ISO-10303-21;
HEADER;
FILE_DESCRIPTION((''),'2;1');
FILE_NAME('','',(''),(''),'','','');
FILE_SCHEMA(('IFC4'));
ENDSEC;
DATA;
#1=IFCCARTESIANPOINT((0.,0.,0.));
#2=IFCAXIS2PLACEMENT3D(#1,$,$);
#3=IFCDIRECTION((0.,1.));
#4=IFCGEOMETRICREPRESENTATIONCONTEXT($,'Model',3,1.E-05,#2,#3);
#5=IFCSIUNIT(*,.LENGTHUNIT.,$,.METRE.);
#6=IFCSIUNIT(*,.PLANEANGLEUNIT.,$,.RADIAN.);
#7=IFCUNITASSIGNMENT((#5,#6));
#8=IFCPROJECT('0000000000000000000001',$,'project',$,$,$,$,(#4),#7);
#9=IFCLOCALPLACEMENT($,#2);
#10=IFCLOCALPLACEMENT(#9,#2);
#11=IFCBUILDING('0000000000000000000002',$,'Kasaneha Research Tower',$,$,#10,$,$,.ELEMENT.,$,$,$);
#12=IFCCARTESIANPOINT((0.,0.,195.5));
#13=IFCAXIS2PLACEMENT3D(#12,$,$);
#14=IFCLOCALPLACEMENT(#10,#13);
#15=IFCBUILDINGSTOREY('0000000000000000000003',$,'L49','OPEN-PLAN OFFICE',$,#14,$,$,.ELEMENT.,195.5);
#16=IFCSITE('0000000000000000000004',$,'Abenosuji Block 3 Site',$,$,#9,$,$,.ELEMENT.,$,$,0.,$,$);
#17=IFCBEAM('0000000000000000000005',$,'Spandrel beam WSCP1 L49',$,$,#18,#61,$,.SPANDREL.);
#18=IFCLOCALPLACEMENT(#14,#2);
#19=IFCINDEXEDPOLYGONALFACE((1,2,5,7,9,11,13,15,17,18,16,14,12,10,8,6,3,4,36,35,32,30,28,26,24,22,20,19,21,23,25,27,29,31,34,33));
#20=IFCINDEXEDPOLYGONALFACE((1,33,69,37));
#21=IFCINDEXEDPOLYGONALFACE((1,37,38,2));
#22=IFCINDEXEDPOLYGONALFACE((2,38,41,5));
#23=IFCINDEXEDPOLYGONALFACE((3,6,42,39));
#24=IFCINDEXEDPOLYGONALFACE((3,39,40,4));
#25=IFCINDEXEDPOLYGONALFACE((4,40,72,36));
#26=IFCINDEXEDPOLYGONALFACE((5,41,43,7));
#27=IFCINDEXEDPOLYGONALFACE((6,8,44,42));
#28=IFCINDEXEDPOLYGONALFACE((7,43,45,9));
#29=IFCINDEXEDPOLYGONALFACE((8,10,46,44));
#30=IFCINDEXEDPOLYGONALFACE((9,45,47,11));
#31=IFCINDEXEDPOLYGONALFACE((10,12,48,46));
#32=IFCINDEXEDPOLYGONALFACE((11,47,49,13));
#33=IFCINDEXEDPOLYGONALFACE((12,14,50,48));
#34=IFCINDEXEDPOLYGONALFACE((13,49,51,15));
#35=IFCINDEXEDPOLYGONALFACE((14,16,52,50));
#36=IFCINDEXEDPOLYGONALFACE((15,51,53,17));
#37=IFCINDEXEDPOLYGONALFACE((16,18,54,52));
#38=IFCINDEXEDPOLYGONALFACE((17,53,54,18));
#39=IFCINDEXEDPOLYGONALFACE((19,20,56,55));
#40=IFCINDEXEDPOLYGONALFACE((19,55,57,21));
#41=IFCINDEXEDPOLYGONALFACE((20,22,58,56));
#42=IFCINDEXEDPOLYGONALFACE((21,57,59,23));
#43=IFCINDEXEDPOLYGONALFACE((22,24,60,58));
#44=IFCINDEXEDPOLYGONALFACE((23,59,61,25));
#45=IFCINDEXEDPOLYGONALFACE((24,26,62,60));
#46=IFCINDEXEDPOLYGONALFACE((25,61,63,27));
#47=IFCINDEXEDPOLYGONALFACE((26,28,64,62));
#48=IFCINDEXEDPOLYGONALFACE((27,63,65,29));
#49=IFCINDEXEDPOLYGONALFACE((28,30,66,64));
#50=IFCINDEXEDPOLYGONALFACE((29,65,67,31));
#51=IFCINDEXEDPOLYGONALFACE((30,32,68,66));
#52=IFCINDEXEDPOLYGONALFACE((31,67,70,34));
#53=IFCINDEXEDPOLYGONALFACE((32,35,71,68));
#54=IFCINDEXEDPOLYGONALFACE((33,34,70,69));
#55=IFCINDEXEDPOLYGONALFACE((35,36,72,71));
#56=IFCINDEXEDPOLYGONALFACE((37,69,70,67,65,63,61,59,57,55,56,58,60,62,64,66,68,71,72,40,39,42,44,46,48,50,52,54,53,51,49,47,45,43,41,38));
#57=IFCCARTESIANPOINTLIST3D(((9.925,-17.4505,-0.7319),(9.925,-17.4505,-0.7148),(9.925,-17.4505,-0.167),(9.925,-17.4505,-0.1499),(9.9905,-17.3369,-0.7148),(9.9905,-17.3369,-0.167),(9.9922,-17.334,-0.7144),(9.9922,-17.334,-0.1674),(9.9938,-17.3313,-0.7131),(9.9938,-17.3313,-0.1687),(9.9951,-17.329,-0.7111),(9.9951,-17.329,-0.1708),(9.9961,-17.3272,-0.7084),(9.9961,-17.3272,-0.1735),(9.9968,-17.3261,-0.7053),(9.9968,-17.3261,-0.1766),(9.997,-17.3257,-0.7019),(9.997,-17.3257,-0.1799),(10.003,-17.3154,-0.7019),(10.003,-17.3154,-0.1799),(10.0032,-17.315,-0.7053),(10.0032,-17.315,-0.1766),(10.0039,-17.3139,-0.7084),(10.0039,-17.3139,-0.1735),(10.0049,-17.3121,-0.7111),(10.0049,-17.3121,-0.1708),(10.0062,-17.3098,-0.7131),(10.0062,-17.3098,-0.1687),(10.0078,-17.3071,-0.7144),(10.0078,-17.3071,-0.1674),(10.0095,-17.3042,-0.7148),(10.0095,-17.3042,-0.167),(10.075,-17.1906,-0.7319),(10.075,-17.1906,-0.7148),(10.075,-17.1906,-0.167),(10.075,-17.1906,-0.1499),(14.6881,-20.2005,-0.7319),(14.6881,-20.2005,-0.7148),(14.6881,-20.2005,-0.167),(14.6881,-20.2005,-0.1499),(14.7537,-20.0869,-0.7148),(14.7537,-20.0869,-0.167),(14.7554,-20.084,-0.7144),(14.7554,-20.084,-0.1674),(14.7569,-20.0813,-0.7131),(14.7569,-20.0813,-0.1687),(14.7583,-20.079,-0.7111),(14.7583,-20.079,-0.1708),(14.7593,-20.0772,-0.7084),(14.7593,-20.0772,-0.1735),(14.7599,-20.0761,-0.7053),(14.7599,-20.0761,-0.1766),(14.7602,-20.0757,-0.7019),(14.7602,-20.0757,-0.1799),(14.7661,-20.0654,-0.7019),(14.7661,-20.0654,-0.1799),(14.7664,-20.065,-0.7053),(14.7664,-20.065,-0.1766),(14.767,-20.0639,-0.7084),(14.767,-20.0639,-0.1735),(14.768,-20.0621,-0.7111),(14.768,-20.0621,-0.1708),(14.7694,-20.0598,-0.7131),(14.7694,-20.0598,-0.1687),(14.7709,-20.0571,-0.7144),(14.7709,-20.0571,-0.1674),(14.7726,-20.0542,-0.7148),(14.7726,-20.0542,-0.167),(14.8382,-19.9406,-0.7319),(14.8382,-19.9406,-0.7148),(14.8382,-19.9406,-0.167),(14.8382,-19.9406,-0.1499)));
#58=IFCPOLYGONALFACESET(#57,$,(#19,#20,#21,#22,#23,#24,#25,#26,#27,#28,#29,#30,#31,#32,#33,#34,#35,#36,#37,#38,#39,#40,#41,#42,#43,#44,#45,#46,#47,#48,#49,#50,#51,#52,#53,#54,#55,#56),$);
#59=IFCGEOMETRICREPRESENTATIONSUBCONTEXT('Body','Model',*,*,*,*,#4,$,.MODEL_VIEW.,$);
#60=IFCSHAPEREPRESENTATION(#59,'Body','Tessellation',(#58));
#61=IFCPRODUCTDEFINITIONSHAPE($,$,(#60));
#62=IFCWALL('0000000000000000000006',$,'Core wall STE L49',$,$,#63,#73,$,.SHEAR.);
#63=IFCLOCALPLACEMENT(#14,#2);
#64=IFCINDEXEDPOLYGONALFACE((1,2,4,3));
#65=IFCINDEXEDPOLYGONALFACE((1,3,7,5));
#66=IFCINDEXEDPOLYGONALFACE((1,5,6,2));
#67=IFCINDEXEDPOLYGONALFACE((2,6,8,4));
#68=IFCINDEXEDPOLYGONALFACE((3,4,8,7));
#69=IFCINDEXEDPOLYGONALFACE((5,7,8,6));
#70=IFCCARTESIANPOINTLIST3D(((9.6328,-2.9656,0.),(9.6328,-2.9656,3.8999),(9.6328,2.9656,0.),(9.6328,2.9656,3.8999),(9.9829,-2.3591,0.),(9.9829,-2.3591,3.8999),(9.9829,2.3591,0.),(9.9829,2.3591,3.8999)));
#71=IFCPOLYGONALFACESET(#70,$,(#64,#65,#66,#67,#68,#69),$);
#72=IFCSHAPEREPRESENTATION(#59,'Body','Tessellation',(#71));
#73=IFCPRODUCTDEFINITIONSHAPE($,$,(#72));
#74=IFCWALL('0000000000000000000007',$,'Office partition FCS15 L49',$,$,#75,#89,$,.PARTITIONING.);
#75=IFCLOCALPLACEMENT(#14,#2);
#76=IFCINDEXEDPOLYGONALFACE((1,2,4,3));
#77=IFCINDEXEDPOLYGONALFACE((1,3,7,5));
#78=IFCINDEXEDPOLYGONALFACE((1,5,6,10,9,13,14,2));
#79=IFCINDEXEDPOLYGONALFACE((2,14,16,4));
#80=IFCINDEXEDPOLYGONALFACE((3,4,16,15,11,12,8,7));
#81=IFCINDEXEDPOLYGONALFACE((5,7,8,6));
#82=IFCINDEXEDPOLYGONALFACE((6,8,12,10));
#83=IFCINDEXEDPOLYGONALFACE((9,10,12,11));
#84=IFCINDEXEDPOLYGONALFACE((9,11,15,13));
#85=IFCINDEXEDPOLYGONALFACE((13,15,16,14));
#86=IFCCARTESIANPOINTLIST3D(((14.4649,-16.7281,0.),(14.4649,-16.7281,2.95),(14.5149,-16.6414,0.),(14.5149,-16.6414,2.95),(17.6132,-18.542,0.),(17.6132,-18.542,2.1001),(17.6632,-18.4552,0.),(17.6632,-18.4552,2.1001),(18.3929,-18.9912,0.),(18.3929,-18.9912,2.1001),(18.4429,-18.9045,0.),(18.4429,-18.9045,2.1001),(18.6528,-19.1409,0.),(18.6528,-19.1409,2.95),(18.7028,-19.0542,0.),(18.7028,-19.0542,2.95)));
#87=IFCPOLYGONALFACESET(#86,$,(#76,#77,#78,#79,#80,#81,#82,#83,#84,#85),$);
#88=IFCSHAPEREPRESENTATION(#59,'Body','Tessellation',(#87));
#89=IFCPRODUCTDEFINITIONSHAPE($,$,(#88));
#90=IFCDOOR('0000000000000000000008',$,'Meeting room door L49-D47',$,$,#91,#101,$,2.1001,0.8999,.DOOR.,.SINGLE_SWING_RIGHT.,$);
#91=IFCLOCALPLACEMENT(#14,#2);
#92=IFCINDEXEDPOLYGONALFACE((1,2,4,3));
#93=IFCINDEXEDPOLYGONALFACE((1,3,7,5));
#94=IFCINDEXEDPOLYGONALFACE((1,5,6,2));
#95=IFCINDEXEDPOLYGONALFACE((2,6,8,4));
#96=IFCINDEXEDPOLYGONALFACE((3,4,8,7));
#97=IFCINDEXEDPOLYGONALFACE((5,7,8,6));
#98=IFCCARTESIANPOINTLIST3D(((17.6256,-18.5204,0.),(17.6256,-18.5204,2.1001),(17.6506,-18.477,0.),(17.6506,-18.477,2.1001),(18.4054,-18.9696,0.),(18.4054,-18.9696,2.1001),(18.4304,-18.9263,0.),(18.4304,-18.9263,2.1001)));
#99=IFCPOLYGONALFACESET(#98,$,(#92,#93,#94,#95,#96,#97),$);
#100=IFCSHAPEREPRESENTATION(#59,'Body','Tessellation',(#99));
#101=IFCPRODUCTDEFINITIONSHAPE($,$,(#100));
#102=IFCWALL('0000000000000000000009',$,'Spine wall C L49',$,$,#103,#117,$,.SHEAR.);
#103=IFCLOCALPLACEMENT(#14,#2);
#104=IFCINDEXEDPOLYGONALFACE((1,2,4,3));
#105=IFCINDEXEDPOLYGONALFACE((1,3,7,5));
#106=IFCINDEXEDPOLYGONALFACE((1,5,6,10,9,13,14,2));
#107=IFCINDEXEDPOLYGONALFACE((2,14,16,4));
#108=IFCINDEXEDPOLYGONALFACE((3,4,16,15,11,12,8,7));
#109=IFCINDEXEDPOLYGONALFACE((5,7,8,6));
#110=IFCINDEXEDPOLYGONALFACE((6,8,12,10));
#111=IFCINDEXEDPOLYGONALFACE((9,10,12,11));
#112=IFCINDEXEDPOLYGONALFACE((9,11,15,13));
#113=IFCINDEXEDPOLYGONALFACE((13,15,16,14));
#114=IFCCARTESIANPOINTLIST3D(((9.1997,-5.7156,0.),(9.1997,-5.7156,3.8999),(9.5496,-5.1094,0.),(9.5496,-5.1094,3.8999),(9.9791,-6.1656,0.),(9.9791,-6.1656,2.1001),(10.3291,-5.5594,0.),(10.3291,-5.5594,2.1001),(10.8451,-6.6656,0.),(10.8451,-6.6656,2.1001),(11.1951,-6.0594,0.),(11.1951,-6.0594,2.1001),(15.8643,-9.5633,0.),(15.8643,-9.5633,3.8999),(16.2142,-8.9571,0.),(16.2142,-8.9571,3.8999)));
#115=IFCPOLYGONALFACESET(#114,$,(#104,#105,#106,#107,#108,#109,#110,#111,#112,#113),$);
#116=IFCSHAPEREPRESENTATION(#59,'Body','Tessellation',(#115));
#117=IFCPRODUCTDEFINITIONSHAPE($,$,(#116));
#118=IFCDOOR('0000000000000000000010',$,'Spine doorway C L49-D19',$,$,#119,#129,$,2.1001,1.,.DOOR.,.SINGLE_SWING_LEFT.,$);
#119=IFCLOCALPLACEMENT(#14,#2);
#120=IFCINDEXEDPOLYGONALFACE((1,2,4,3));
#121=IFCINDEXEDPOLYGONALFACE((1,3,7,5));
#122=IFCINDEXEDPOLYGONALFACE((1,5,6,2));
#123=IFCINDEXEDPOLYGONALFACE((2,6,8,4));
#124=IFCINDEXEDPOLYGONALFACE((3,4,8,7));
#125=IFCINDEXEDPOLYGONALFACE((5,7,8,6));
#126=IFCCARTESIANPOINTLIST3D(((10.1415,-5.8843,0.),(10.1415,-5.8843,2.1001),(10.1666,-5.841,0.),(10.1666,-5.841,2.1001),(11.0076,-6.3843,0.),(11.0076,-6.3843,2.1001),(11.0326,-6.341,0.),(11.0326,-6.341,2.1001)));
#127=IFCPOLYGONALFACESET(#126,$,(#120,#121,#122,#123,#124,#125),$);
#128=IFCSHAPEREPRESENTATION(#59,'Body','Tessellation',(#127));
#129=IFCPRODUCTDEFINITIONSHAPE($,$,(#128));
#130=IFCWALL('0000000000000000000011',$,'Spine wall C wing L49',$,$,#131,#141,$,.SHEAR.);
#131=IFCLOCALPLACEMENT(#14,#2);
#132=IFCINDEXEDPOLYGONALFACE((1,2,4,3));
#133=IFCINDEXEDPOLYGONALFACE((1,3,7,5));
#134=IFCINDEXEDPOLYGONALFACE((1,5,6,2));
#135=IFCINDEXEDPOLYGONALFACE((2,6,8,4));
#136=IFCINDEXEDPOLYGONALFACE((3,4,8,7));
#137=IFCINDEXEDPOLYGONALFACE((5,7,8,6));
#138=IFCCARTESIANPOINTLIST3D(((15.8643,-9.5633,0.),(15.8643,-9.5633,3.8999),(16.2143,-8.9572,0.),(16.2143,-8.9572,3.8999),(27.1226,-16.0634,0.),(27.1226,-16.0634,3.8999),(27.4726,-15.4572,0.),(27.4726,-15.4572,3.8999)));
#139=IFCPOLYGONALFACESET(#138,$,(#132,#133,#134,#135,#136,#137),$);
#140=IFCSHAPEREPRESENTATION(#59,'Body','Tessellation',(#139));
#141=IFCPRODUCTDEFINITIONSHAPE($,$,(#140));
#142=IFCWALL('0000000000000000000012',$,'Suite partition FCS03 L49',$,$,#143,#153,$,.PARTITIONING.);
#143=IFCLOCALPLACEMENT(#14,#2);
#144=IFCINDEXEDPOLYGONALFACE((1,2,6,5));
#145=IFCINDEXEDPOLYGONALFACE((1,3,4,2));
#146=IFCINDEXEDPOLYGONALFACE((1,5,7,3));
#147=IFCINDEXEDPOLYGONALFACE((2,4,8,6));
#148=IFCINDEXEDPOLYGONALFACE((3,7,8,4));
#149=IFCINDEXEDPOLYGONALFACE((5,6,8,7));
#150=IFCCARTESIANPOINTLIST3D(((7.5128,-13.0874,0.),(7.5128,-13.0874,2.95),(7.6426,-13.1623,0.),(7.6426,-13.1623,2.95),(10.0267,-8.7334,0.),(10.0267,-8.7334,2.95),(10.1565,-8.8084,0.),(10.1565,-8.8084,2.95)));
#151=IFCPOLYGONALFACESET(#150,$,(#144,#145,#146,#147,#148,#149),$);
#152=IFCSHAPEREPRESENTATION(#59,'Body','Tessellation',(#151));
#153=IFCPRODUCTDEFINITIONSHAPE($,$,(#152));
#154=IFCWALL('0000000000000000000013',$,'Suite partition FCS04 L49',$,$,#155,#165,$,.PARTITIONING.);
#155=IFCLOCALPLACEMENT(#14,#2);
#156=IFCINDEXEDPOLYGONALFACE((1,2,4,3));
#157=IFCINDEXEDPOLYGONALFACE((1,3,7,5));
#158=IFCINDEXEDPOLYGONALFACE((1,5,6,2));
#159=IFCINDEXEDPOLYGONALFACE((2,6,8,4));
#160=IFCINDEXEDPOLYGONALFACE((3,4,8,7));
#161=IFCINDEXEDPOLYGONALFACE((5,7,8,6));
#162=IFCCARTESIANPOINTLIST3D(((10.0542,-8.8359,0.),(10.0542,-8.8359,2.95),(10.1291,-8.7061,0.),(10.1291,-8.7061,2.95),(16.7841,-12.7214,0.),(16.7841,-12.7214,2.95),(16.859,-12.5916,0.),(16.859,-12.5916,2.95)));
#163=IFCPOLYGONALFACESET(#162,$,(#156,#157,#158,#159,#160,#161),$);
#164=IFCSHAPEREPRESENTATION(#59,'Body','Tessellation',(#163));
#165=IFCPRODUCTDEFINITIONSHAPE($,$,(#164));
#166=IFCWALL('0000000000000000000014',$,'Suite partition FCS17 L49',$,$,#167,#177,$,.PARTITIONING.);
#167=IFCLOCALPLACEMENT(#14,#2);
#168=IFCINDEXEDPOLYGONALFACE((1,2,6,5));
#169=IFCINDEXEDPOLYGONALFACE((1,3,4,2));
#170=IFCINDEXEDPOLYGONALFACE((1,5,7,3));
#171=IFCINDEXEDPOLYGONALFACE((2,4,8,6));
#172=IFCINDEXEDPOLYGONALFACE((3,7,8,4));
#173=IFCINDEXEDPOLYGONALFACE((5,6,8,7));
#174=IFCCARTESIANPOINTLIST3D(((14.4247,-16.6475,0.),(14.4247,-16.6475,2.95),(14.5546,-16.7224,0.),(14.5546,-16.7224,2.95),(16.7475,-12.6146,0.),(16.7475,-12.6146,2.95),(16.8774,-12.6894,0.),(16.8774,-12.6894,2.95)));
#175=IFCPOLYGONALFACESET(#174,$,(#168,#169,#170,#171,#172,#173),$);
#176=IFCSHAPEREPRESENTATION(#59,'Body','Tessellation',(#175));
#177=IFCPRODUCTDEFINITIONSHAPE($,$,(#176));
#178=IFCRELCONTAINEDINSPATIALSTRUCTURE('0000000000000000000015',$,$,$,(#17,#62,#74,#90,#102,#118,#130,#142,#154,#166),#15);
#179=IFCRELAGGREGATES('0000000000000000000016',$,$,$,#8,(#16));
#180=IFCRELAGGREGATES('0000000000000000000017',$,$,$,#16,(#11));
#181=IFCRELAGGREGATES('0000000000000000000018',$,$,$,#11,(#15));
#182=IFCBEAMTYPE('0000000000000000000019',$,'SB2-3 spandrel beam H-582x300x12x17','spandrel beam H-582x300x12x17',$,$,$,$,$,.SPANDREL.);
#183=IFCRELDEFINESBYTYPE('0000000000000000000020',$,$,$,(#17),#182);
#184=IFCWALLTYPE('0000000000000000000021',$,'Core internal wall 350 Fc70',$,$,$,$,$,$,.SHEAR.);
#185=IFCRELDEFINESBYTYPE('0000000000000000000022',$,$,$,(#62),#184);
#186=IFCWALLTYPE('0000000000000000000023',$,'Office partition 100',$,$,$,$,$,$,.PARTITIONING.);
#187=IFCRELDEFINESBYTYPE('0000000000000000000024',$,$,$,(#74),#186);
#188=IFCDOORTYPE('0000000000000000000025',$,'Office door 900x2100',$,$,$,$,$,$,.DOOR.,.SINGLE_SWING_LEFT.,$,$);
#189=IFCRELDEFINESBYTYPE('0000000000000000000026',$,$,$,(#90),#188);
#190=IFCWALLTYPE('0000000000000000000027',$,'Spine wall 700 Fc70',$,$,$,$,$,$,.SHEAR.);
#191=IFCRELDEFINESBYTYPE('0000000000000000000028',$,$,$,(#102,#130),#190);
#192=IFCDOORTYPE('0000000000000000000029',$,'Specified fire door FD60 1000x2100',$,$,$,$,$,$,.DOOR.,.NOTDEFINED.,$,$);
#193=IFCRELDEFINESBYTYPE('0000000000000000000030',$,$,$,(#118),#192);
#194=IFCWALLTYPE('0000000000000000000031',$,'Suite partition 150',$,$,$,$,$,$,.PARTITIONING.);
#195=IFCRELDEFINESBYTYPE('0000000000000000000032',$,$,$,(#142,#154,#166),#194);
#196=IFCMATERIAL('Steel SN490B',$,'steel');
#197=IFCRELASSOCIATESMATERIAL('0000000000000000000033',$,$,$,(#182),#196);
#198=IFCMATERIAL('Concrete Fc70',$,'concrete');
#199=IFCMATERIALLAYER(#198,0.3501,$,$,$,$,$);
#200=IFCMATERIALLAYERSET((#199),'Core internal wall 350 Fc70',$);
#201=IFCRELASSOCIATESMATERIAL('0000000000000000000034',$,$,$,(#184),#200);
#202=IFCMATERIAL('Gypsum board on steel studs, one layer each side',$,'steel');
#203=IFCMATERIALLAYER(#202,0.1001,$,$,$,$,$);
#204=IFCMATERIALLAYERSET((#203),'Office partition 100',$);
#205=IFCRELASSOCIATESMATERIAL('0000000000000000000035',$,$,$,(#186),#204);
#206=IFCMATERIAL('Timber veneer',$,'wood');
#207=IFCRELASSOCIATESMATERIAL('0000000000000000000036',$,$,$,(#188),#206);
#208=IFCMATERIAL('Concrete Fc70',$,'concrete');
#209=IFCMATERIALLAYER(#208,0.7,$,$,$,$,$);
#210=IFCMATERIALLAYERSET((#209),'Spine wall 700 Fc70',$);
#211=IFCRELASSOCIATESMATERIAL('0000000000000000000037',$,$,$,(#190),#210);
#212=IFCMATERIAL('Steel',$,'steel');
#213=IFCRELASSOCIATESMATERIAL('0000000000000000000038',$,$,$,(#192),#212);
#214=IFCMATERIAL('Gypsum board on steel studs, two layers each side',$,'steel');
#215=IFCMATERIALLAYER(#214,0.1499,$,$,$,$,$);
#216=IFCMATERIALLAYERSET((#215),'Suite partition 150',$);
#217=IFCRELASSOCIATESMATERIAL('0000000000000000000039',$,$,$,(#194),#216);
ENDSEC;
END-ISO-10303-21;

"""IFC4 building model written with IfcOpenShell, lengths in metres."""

from ifc_helpers import new_model, si_unit, direction, frame, frame_2d, origin, origin_2d, place, context, subcontext, project, spatial, polyline, rectangle, i_section, outline, extrude, material, layer, layer_set, material_profile, profile_set, type_object, element, fill, save


model = new_model("IFC4")

# Units and contexts
model_context = context("Model", 3, precision=1e-05, world=origin(), true_north=direction((0.0, 1.0)))
body_context = subcontext(model_context, "Body", "Model", "MODEL_VIEW")
ifc_project = project(units=[si_unit("LENGTHUNIT", "METRE"), si_unit("PLANEANGLEUNIT", "RADIAN")], contexts=[model_context])

# Site, building, storey
site_placement = place(None, origin())
site = spatial("IfcSite", under=ifc_project, at=site_placement, Name="Abenosuji Block 3 Site", CompositionType="ELEMENT", RefElevation=0.0)
building_placement = place(site_placement, origin())
building = spatial("IfcBuilding", under=site, at=building_placement, Name="Kasaneha Research Tower", CompositionType="ELEMENT")
storey_placement = place(building_placement, frame((0.0, 0.0, 195.5)))
storey = spatial("IfcBuildingStorey", under=building, at=storey_placement, Name="L49", Description="OPEN-PLAN OFFICE", CompositionType="ELEMENT", Elevation=195.5)

# Beam
ifc_material_1 = material(Name="Steel SN490B", Category="steel")
ifc_material_profile_1 = material_profile(ifc_material_1, i_section(OverallWidth=0.3, OverallDepth=0.582, WebThickness=0.012, FlangeThickness=0.0171, FilletRadius=0.0129, at=origin_2d()), Name="H-582x300x12x17")
ifc_profile_set_1 = profile_set([ifc_material_profile_1], Name="Steel SN490B")
beam_type_1 = type_object("IfcBeamType", Name="SB2-3 spandrel beam H-582x300x12x17", Description="spandrel beam H-582x300x12x17", PredefinedType="SPANDREL", material=ifc_profile_set_1)
beam_1_placement = place(storey_placement, frame((10.0, -17.3206, -0.4409), z_axis=(0.866027, -0.499997, 0.0), x_axis=(0.499997, 0.866027, 0.0)))
element("IfcBeam", 1, at=beam_1_placement, inside=storey, type_object=beam_type_1, Name="Spandrel beam WSCP1 L49", PredefinedType="SPANDREL", context=body_context, shape_type="SweptSolid", body=[
    extrude(i_section(OverallWidth=0.3, OverallDepth=0.582, WebThickness=0.012, FlangeThickness=0.0171, FilletRadius=0.0129, at=origin_2d()), origin(), (0.0, 0.0, 1.0), 5.5),
])

# Wall
ifc_material_2 = material(Name="Concrete Fc70", Category="concrete")
ifc_layer_1 = layer(ifc_material_2, 0.3501)
ifc_layer_set_1 = layer_set([ifc_layer_1], Name="Core internal wall 350 Fc70")
wall_type_1 = type_object("IfcWallType", Name="Core internal wall 350 Fc70", PredefinedType="SHEAR", material=ifc_layer_set_1)
wall_1_placement = place(storey_placement, frame((9.8079, -2.6624, 0.0), z_axis=(0.0, 0.0, 1.0), x_axis=(0.0, 1.0, 0.0)))
element("IfcWall", 2, at=wall_1_placement, inside=storey, type_object=wall_type_1, Name="Core wall STE L49", PredefinedType="SHEAR", context=body_context, shape_type="SweptSolid", body=[
    extrude(outline(polyline([(0.3032, -0.175), (5.0215, -0.175), (5.6279, 0.175), (-0.3032, 0.175), (0.3032, -0.175)])), origin(), (0.0, 0.0, 1.0), 3.8999),
])

# Walls, openings, doors
ifc_material_3 = material(Name="Gypsum board on steel studs, one layer each side", Category="steel")
ifc_layer_2 = layer(ifc_material_3, 0.1001)
ifc_layer_set_2 = layer_set([ifc_layer_2], Name="Office partition 100")
wall_type_2 = type_object("IfcWallType", Name="Office partition 100", PredefinedType="PARTITIONING", material=ifc_layer_set_2)
wall_2_placement = place(storey_placement, frame((14.49, -16.6848, 0.0), z_axis=(0.0, 0.0, 1.0), x_axis=(0.866481, -0.499209, 0.0)))
wall_2 = element("IfcWall", 3, at=wall_2_placement, inside=storey, type_object=wall_type_2, Name="Office partition FCS15 L49", PredefinedType="PARTITIONING", context=body_context, shape_type="SweptSolid", body=[
    extrude(rectangle(XDim=4.8333, YDim=0.1001, at=frame_2d((2.4165, 0.0))), origin(), (0.0, 0.0, 1.0), 2.95),
])
opening_1_placement = place(wall_2_placement, frame((3.6333, 0.0, 0.0)))
opening_1 = element("IfcOpeningElement", 4, at=opening_1_placement, cuts=wall_2, PredefinedType="OPENING", context=body_context, shape_type="SweptSolid", body=[
    extrude(rectangle(XDim=0.8999, YDim=2.1001, at=frame_2d((0.45, 1.05))), frame((0.0, 0.0601, 0.0), z_axis=(0.0, -1.0, 0.0), x_axis=(1.0, 0.0, 0.0)), (0.0, 0.0, 1.0), 0.1201),
])
ifc_material_4 = material(Name="Timber veneer", Category="wood")
door_type_1 = type_object("IfcDoorType", Name="Office door 900x2100", OperationType="SINGLE_SWING_LEFT", PredefinedType="DOOR", material=ifc_material_4)
door_1_placement = place(opening_1_placement, origin())
door_1 = element("IfcDoor", 5, at=door_1_placement, inside=storey, type_object=door_type_1, Name="Meeting room door L49-D47", OperationType="SINGLE_SWING_RIGHT", OverallHeight=2.1001, OverallWidth=0.8999, PredefinedType="DOOR", context=body_context, shape_type="SweptSolid", body=[
    extrude(rectangle(XDim=0.8999, YDim=2.1001, at=frame_2d((0.45, 1.05))), frame((0.0, 0.0249, 0.0), z_axis=(0.0, -1.0, 0.0), x_axis=(1.0, 0.0, 0.0)), (0.0, 0.0, 1.0), 0.05),
])
fill(opening_1, door_1)
ifc_material_5 = material(Name="Concrete Fc70", Category="concrete")
ifc_layer_3 = layer(ifc_material_5, 0.7)
ifc_layer_set_3 = layer_set([ifc_layer_3], Name="Spine wall 700 Fc70")
wall_type_3 = type_object("IfcWallType", Name="Spine wall 700 Fc70", PredefinedType="SHEAR", material=ifc_layer_set_3)
wall_3_placement = place(storey_placement, frame((9.3748, -5.4126, 0.0), z_axis=(0.0, 0.0, 1.0), x_axis=(0.866032, -0.499988, 0.0)))
wall_3 = element("IfcWall", 6, at=wall_3_placement, inside=storey, type_object=wall_type_3, Name="Spine wall C L49", PredefinedType="SHEAR", context=body_context, shape_type="SweptSolid", body=[
    extrude(rectangle(XDim=7.6956, YDim=0.7, at=frame_2d((3.8477, 0.0))), origin(), (0.0, 0.0, 1.0), 3.8999),
])
opening_2_placement = place(wall_3_placement, frame((0.8999, 0.0, 0.0)))
opening_2 = element("IfcOpeningElement", 7, at=opening_2_placement, cuts=wall_3, PredefinedType="OPENING", context=body_context, shape_type="SweptSolid", body=[
    extrude(rectangle(XDim=1.0, YDim=2.1001, at=frame_2d((0.5, 1.05))), frame((0.0, 0.3599, 0.0), z_axis=(0.0, -1.0, 0.0), x_axis=(1.0, 0.0, 0.0)), (0.0, 0.0, 1.0), 0.72),
])
ifc_material_6 = material(Name="Steel", Category="steel")
door_type_2 = type_object("IfcDoorType", Name="Specified fire door FD60 1000x2100", OperationType="NOTDEFINED", PredefinedType="DOOR", material=ifc_material_6)
door_2_placement = place(opening_2_placement, origin())
door_2 = element("IfcDoor", 8, at=door_2_placement, inside=storey, type_object=door_type_2, Name="Spine doorway C L49-D19", OperationType="SINGLE_SWING_LEFT", OverallHeight=2.1001, OverallWidth=1.0, PredefinedType="DOOR", context=body_context, shape_type="SweptSolid", body=[
    extrude(rectangle(XDim=1.0, YDim=2.1001, at=frame_2d((0.5, 1.05))), frame((0.0, 0.0249, 0.0), z_axis=(0.0, -1.0, 0.0), x_axis=(1.0, 0.0, 0.0)), (0.0, 0.0, 1.0), 0.05),
])
fill(opening_2, door_2)

# Walls
wall_4_placement = place(storey_placement, frame((16.0393, -9.2603, 0.0), z_axis=(0.0, 0.0, 1.0), x_axis=(0.866025, -0.500001, 0.0)))
element("IfcWall", 9, at=wall_4_placement, inside=storey, type_object=wall_type_3, Name="Spine wall C wing L49", PredefinedType="SHEAR", context=body_context, shape_type="SweptSolid", body=[
    extrude(rectangle(XDim=13.0, YDim=0.7, at=frame_2d((6.5, 0.0))), origin(), (0.0, 0.0, 1.0), 3.8999),
])
ifc_material_7 = material(Name="Gypsum board on steel studs, two layers each side", Category="steel")
ifc_layer_4 = layer(ifc_material_7, 0.1499)
ifc_layer_set_4 = layer_set([ifc_layer_4], Name="Suite partition 150")
wall_type_4 = type_object("IfcWallType", Name="Suite partition 150", PredefinedType="PARTITIONING", material=ifc_layer_set_4)
wall_5_placement = place(storey_placement, frame((10.0916, -8.771, 0.0), z_axis=(0.0, 0.0, 1.0), x_axis=(-0.500019, -0.866014, 0.0)))
element("IfcWall", 10, at=wall_5_placement, inside=storey, type_object=wall_type_4, Name="Suite partition FCS03 L49", PredefinedType="PARTITIONING", context=body_context, shape_type="SweptSolid", body=[
    extrude(rectangle(XDim=5.0276, YDim=0.1499, at=frame_2d((2.5137, 0.0))), origin(), (0.0, 0.0, 1.0), 2.95),
])
wall_6_placement = place(storey_placement, frame((16.8215, -12.6565, 0.0), z_axis=(0.0, 0.0, 1.0), x_axis=(-0.866029, 0.499994, 0.0)))
element("IfcWall", 11, at=wall_6_placement, inside=storey, type_object=wall_type_4, Name="Suite partition FCS04 L49", PredefinedType="PARTITIONING", context=body_context, shape_type="SweptSolid", body=[
    extrude(rectangle(XDim=7.771, YDim=0.1499, at=frame_2d((3.8855, 0.0))), origin(), (0.0, 0.0, 1.0), 2.95),
])
wall_7_placement = place(storey_placement, frame((16.8125, -12.6519, 0.0), z_axis=(0.0, 0.0, 1.0), x_axis=(-0.499085, -0.866553, 0.0)))
element("IfcWall", 12, at=wall_7_placement, inside=storey, type_object=wall_type_4, Name="Suite partition FCS17 L49", PredefinedType="PARTITIONING", context=body_context, shape_type="SweptSolid", body=[
    extrude(rectangle(XDim=4.6541, YDim=0.1499, at=frame_2d((2.3271, 0.0))), origin(), (0.0, 0.0, 1.0), 2.95),
])

save(model, "model.ifc")
